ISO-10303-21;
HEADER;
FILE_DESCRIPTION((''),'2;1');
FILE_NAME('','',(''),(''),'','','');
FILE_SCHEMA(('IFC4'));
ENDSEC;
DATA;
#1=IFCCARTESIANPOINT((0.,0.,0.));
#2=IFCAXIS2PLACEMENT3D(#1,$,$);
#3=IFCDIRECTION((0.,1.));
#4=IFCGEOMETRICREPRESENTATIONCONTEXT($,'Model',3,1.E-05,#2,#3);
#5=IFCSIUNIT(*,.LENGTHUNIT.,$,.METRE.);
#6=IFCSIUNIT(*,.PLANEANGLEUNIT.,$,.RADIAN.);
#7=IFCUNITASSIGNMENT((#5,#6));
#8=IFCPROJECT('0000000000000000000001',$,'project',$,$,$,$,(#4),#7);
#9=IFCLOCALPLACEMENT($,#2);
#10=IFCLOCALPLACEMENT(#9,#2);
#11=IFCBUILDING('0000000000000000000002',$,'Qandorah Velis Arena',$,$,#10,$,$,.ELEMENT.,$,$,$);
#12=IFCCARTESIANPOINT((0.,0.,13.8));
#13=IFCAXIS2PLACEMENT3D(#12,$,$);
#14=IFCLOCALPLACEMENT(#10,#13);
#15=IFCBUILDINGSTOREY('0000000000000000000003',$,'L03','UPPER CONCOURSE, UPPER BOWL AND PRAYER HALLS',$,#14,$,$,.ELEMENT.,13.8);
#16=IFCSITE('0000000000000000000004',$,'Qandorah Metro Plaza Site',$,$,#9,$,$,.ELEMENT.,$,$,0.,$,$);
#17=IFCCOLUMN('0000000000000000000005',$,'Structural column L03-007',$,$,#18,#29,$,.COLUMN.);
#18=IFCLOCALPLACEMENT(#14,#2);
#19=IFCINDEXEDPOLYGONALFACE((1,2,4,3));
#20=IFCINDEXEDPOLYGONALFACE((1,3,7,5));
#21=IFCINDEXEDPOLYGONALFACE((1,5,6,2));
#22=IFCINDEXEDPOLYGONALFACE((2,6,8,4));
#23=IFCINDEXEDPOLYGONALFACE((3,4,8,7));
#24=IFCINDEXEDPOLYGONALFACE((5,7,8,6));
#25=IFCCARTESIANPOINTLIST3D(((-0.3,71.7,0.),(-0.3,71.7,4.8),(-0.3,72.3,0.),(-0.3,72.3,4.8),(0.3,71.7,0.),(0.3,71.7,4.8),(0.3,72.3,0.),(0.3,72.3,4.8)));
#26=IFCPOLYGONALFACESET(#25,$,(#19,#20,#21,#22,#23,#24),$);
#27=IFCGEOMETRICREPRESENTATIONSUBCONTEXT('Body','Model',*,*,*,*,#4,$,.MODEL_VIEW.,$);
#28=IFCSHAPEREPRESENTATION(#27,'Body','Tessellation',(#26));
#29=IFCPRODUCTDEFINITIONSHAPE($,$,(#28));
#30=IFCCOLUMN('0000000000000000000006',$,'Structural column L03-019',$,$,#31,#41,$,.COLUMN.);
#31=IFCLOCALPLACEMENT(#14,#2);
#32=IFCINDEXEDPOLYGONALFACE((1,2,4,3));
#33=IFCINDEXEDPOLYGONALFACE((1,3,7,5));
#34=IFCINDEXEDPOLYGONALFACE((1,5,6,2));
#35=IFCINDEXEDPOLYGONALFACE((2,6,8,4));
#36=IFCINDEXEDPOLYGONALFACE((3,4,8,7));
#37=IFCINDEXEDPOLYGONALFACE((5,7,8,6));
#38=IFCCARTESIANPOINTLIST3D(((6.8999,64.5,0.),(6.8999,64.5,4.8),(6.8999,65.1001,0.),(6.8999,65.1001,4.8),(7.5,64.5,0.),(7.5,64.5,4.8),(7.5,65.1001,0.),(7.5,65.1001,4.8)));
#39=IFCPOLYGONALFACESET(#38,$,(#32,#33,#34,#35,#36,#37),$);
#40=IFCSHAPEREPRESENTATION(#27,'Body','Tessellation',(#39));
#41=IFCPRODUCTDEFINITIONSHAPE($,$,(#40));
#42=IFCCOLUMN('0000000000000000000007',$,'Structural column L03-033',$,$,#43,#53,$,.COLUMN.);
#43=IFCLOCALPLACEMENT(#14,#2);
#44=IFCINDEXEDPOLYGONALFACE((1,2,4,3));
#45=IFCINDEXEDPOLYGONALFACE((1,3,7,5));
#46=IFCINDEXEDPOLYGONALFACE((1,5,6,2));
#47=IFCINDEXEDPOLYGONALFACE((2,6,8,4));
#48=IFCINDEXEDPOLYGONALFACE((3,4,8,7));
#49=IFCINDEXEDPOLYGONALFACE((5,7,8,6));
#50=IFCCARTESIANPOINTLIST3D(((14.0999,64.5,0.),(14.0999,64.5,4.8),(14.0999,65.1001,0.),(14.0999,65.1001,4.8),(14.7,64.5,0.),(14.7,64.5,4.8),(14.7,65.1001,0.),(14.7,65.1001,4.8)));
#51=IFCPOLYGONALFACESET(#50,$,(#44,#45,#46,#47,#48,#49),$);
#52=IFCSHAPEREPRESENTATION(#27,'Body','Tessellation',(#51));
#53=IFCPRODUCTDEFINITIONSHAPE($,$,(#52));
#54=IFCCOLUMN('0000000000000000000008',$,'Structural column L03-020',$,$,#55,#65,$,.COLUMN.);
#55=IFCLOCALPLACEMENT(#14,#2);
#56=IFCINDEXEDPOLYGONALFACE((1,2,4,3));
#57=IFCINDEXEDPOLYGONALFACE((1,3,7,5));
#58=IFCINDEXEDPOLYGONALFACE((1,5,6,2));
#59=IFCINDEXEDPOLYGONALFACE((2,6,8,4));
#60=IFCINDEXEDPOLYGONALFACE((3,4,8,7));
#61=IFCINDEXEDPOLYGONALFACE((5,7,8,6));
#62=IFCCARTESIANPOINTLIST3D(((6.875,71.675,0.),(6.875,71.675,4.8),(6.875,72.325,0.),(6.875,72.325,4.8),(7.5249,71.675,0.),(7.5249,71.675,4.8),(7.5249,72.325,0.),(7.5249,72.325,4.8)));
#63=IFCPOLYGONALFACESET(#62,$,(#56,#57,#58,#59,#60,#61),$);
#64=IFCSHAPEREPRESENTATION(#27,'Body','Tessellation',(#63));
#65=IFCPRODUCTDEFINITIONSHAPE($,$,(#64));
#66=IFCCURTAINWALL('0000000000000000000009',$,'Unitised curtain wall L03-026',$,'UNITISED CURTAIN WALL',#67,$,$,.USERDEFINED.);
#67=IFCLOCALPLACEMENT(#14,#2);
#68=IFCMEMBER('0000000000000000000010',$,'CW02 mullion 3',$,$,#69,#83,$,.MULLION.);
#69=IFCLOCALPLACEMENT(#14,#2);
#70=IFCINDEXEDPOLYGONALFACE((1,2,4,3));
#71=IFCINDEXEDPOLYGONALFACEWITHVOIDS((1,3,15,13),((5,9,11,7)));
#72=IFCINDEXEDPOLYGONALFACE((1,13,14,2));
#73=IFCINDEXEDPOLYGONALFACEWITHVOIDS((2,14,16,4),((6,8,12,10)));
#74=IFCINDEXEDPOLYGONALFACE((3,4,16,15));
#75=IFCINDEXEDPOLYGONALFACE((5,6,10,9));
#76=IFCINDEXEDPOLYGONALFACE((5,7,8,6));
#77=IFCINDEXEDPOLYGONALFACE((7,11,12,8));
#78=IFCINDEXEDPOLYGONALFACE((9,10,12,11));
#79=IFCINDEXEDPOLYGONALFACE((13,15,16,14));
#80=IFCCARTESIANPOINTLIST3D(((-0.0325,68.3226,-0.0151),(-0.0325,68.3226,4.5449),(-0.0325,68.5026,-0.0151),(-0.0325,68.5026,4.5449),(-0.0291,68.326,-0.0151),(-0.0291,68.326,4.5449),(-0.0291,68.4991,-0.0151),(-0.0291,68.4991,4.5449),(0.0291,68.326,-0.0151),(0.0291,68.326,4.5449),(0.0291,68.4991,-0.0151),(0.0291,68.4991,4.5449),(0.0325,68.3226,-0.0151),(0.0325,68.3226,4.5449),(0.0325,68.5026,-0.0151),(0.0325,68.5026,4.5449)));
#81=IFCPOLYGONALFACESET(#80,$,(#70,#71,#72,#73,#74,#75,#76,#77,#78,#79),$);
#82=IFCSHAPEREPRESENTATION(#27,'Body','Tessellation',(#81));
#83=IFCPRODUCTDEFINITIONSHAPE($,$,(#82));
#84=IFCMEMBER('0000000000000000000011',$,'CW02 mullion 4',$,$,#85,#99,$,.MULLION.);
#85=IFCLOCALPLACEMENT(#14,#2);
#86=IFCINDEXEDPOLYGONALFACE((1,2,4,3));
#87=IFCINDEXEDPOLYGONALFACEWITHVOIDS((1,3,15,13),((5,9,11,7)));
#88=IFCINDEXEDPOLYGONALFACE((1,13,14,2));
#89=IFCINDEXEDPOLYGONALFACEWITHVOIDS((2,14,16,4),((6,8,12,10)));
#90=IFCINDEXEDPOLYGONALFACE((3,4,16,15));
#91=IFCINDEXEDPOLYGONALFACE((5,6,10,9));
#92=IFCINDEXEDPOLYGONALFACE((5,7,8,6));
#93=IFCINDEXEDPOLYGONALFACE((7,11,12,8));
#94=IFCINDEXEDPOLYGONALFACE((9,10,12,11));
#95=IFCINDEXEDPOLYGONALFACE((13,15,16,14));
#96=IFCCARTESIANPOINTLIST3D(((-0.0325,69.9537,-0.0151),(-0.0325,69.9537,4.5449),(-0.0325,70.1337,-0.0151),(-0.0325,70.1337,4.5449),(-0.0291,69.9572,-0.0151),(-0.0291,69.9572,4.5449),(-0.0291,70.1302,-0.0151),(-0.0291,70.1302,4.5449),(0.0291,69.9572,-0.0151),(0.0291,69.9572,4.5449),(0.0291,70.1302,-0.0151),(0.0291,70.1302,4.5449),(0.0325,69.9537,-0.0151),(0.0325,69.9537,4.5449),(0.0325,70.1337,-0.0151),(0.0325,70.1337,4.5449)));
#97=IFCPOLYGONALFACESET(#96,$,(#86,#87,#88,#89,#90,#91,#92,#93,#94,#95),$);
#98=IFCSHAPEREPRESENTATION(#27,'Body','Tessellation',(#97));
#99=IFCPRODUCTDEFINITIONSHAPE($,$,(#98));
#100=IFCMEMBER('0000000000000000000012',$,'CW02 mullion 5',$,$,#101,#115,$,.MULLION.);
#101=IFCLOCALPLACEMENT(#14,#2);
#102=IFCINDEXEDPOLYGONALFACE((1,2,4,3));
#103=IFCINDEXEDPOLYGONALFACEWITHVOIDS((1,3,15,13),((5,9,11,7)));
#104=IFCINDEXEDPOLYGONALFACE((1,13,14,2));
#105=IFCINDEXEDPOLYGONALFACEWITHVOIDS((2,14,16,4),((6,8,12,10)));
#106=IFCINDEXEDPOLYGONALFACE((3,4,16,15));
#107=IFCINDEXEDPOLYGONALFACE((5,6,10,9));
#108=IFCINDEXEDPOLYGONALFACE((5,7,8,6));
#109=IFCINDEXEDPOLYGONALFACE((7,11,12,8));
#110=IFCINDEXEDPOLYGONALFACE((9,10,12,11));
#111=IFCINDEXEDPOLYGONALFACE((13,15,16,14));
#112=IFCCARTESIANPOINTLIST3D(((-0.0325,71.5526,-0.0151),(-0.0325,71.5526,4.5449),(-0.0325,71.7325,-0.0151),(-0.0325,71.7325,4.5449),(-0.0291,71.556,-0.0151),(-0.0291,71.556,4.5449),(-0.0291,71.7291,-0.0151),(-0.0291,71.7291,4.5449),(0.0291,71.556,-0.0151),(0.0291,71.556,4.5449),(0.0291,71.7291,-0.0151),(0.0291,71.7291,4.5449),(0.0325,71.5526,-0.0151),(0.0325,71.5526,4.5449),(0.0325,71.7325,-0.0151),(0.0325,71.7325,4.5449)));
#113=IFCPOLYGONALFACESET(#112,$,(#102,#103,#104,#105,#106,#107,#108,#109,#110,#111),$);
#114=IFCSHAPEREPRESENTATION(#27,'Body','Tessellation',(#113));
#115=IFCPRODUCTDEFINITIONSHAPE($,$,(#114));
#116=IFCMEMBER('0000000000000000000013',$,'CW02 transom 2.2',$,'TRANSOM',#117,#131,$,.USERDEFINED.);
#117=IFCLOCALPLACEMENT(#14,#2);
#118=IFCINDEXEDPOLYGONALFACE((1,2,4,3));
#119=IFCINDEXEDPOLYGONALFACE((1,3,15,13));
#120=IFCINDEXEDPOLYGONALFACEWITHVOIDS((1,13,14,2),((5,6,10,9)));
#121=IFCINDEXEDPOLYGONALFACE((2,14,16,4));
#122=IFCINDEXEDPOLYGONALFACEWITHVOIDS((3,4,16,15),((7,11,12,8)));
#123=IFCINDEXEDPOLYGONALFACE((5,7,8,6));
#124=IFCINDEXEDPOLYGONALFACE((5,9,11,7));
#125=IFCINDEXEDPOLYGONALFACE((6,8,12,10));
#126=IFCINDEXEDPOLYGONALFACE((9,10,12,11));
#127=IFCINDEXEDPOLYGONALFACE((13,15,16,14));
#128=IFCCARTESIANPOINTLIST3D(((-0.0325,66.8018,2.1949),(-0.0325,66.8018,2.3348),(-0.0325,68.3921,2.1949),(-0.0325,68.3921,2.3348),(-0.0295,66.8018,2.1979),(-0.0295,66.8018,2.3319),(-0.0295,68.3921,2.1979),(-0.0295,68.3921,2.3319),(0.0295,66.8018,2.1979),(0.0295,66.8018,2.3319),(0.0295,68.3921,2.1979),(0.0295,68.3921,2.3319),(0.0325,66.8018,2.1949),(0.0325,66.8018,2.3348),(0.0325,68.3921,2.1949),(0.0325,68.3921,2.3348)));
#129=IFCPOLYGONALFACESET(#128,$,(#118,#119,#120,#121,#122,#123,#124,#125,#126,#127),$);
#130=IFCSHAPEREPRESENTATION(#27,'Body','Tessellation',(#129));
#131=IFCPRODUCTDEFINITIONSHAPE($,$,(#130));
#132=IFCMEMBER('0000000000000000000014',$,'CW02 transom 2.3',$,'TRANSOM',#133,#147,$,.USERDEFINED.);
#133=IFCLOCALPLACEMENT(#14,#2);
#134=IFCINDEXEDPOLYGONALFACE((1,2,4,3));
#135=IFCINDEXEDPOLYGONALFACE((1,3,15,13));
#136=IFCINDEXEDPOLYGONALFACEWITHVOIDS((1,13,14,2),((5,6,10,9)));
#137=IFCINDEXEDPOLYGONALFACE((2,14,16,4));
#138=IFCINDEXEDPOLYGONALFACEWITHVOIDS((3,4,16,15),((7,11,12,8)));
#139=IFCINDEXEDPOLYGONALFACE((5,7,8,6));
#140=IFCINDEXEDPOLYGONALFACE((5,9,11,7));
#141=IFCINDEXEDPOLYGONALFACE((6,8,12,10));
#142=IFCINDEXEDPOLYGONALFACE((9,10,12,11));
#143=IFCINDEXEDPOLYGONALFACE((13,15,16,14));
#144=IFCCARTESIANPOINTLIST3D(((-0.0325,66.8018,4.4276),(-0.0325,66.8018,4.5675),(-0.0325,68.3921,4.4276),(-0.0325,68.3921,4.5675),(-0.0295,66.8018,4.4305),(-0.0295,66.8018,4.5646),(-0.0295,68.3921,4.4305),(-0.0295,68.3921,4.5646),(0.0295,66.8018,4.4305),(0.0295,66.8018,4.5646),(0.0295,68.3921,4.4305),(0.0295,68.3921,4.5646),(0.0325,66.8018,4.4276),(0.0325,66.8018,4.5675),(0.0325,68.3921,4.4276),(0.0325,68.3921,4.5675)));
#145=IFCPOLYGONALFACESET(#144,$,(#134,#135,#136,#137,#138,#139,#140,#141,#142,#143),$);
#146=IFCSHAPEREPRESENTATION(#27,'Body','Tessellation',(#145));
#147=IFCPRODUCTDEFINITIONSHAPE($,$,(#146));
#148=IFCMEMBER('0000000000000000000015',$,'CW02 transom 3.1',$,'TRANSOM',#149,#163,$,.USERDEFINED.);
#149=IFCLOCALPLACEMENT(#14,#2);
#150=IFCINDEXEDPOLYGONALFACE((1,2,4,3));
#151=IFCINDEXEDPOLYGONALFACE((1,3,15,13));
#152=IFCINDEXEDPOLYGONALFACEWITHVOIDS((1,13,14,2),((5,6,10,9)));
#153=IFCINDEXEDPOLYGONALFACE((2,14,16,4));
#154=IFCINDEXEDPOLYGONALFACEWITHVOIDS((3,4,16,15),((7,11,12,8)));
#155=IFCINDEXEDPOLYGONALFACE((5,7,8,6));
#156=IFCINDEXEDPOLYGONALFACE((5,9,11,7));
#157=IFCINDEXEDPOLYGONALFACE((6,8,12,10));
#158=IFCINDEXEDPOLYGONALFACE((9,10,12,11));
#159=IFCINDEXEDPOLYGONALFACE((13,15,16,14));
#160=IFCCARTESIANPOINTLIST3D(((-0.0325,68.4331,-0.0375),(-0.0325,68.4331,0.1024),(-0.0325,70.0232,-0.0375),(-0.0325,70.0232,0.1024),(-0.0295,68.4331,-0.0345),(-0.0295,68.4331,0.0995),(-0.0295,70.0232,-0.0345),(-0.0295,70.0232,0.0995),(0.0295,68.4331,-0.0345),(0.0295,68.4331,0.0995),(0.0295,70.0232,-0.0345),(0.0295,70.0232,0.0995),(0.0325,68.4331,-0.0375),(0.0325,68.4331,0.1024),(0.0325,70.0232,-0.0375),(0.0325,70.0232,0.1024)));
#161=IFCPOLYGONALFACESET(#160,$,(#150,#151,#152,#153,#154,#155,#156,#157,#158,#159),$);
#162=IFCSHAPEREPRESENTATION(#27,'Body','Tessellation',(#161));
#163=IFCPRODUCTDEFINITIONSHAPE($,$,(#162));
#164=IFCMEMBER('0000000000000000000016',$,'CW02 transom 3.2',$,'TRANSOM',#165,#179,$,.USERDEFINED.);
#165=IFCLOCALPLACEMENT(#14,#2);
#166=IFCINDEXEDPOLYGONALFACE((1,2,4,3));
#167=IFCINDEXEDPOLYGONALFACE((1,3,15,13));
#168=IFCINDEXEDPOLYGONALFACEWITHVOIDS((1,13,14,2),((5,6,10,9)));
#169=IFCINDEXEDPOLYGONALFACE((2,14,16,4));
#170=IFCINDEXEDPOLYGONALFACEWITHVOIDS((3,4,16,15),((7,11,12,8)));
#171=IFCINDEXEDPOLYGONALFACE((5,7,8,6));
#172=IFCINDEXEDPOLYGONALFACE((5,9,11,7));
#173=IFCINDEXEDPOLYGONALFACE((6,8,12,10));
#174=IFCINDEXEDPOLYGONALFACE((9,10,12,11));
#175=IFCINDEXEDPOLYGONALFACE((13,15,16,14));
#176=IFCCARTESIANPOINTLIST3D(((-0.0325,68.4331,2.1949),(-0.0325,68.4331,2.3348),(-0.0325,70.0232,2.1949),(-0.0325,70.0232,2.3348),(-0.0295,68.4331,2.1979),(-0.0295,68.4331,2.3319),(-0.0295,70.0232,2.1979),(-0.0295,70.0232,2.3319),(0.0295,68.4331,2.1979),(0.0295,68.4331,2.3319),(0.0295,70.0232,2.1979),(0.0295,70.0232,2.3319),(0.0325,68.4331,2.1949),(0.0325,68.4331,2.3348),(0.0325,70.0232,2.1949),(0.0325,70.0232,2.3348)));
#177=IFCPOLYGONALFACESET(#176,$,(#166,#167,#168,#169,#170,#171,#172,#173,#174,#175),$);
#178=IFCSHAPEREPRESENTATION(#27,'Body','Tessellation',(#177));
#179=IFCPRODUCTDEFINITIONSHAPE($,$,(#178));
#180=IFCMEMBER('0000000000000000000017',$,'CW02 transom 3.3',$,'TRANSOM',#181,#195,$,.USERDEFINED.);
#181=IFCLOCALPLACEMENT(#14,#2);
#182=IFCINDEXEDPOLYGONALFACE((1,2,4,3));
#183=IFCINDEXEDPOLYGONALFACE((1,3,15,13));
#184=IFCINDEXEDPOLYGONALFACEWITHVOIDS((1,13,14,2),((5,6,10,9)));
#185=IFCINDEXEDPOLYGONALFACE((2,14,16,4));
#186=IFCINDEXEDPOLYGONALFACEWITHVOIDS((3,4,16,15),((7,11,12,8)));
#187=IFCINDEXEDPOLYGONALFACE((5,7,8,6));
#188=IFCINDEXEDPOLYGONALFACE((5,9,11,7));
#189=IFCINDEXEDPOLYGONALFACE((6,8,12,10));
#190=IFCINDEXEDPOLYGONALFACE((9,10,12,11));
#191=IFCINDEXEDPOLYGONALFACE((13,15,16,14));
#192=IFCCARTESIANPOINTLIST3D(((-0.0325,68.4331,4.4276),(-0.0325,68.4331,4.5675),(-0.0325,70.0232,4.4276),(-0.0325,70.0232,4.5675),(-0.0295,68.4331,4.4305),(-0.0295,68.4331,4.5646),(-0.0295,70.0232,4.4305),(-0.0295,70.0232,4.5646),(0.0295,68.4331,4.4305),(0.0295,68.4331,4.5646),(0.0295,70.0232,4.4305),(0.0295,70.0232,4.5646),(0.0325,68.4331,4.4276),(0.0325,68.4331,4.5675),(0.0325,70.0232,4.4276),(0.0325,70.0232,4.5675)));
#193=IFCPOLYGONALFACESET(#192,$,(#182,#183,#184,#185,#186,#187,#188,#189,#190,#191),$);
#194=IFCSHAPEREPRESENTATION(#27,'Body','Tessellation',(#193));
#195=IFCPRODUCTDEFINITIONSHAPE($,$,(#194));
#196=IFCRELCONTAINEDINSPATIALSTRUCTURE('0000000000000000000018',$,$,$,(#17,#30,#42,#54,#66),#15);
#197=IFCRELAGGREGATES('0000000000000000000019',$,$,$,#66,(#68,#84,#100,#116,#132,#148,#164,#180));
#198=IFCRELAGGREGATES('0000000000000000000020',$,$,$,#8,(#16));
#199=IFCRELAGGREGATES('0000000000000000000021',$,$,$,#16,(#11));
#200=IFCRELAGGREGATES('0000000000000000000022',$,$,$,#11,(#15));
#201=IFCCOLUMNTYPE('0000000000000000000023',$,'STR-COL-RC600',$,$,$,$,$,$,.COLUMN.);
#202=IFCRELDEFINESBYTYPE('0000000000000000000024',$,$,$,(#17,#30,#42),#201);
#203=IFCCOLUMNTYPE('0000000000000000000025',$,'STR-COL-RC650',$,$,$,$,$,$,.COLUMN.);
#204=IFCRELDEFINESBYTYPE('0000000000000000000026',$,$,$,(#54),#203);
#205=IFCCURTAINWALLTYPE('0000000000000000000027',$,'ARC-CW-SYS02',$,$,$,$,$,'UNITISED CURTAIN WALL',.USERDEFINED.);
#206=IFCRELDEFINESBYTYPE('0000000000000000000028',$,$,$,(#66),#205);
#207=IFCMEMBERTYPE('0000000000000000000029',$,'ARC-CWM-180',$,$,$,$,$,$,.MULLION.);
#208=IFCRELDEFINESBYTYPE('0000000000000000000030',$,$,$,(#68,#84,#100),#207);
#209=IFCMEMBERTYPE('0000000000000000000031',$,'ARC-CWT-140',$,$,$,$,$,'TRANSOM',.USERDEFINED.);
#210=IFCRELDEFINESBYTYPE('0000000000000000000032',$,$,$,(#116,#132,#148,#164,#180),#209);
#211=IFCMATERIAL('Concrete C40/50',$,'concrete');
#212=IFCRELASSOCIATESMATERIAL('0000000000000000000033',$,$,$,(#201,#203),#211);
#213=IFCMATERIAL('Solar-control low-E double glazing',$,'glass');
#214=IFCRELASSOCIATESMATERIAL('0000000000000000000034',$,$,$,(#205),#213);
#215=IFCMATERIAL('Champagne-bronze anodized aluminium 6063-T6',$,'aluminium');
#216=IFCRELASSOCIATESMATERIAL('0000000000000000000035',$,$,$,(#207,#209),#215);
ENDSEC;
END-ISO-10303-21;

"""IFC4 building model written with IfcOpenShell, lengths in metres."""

from ifc_helpers import new_model, si_unit, direction, frame, origin, origin_2d, place, context, subcontext, project, spatial, rectangle, hollow_rectangle, extrude, material, material_profile, profile_set, type_object, element, aggregate, save


model = new_model("IFC4")

# Units and contexts
model_context = context("Model", 3, precision=1e-05, world=origin(), true_north=direction((0.0, 1.0)))
body_context = subcontext(model_context, "Body", "Model", "MODEL_VIEW")
ifc_project = project(units=[si_unit("LENGTHUNIT", "METRE"), si_unit("PLANEANGLEUNIT", "RADIAN")], contexts=[model_context])

# Site, building, storey
site_placement = place(None, origin())
site = spatial("IfcSite", under=ifc_project, at=site_placement, Name="Qandorah Metro Plaza Site", CompositionType="ELEMENT", RefElevation=0.0)
building_placement = place(site_placement, origin())
building = spatial("IfcBuilding", under=site, at=building_placement, Name="Qandorah Velis Arena", CompositionType="ELEMENT")
storey_placement = place(building_placement, frame((0.0, 0.0, 13.8)))
storey = spatial("IfcBuildingStorey", under=building, at=storey_placement, Name="L03", Description="UPPER CONCOURSE, UPPER BOWL AND PRAYER HALLS", CompositionType="ELEMENT", Elevation=13.8)

# Columns
ifc_material_1 = material(Name="Concrete C40/50", Category="concrete")
ifc_material_profile_1 = material_profile(ifc_material_1, rectangle(XDim=0.6001, YDim=0.6001, at=origin_2d()), Name="RC COL 600x600")
ifc_profile_set_1 = profile_set([ifc_material_profile_1], Name="Concrete C40/50")
column_type_1 = type_object("IfcColumnType", Name="STR-COL-RC600", PredefinedType="COLUMN", material=ifc_profile_set_1)
for number, where, z_axis, x_axis, name in (
    (1, (0.0, 72.0, 0.0), (0.0, 0.0, 1.0), (1.0, 0.0, 0.0), "Structural column L03-007"),
    (2, (7.2, 64.8, 0.0), (0.0, 0.0, 1.0), (1.0, 0.0, 0.0), "Structural column L03-019"),
    (3, (14.3999, 64.8, 0.0), (0.0, 0.0, 1.0), (1.0, 0.0, 0.0), "Structural column L03-033"),
):
    element("IfcColumn", number, at=place(storey_placement, frame(where, z_axis=z_axis, x_axis=x_axis)), inside=storey, type_object=column_type_1, Name=name, PredefinedType="COLUMN", context=body_context, shape_type="SweptSolid", body=[
        extrude(rectangle(XDim=0.6001, YDim=0.6001, at=origin_2d()), origin(), (0.0, 0.0, 1.0), 4.8),
    ])
ifc_material_profile_2 = material_profile(ifc_material_1, rectangle(XDim=0.6499, YDim=0.6499, at=origin_2d()), Name="RC COL 650x650")
ifc_profile_set_2 = profile_set([ifc_material_profile_2], Name="Concrete C40/50")
column_type_2 = type_object("IfcColumnType", Name="STR-COL-RC650", PredefinedType="COLUMN", material=ifc_profile_set_2)
column_placement = place(storey_placement, frame((7.2, 72.0, 0.0), z_axis=(0.0, 0.0, 1.0), x_axis=(1.0, 0.0, 0.0)))
element("IfcColumn", 4, at=column_placement, inside=storey, type_object=column_type_2, Name="Structural column L03-020", PredefinedType="COLUMN", context=body_context, shape_type="SweptSolid", body=[
    extrude(rectangle(XDim=0.6499, YDim=0.6499, at=origin_2d()), origin(), (0.0, 0.0, 1.0), 4.8),
])

# Curtain wall, members
ifc_material_2 = material(Name="Solar-control low-E double glazing", Category="glass")
curtain_wall_type = type_object("IfcCurtainWallType", Name="ARC-CW-SYS02", ElementType="UNITISED CURTAIN WALL", PredefinedType="USERDEFINED", material=ifc_material_2)
curtain_wall_placement = place(storey_placement, origin())
curtain_wall = element("IfcCurtainWall", 5, at=curtain_wall_placement, inside=storey, type_object=curtain_wall_type, Name="Unitised curtain wall L03-026", ObjectType="UNITISED CURTAIN WALL", PredefinedType="USERDEFINED")
ifc_material_3 = material(Name="Champagne-bronze anodized aluminium 6063-T6", Category="aluminium")
ifc_material_profile_3 = material_profile(ifc_material_3, hollow_rectangle(XDim=0.0649, YDim=0.1799, WallThickness=0.0034, at=origin_2d()), Name="ALU MULLION 65x180")
ifc_profile_set_3 = profile_set([ifc_material_profile_3], Name="Champagne-bronze anodized aluminium 6063-T6")
member_type_1 = type_object("IfcMemberType", Name="ARC-CWM-180", PredefinedType="MULLION", material=ifc_profile_set_3)
member_1_placement = place(storey_placement, frame((0.0, 68.4126, -0.0151), z_axis=(0.0, 0.0, 1.0), x_axis=(-1.0, 0.0, 0.0)))
member_1 = element("IfcMember", 6, at=member_1_placement, type_object=member_type_1, Name="CW02 mullion 3", PredefinedType="MULLION", context=body_context, shape_type="SweptSolid", body=[
    extrude(hollow_rectangle(XDim=0.0649, YDim=0.1799, WallThickness=0.0034, at=origin_2d()), origin(), (0.0, 0.0, 1.0), 4.5601),
])
member_2_placement = place(storey_placement, frame((0.0, 70.0437, -0.0151), z_axis=(0.0, 0.0, 1.0), x_axis=(-1.0, 0.0, 0.0)))
member_2 = element("IfcMember", 7, at=member_2_placement, type_object=member_type_1, Name="CW02 mullion 4", PredefinedType="MULLION", context=body_context, shape_type="SweptSolid", body=[
    extrude(hollow_rectangle(XDim=0.0649, YDim=0.1799, WallThickness=0.0034, at=origin_2d()), origin(), (0.0, 0.0, 1.0), 4.5601),
])
member_3_placement = place(storey_placement, frame((0.0, 71.6426, -0.0151), z_axis=(0.0, 0.0, 1.0), x_axis=(-1.0, 0.0, 0.0)))
member_3 = element("IfcMember", 8, at=member_3_placement, type_object=member_type_1, Name="CW02 mullion 5", PredefinedType="MULLION", context=body_context, shape_type="SweptSolid", body=[
    extrude(hollow_rectangle(XDim=0.0649, YDim=0.1799, WallThickness=0.0034, at=origin_2d()), origin(), (0.0, 0.0, 1.0), 4.5601),
])
ifc_material_profile_4 = material_profile(ifc_material_3, hollow_rectangle(XDim=0.0649, YDim=0.1399, WallThickness=0.0029, at=origin_2d()), Name="ALU TRANSOM 65x140")
ifc_profile_set_4 = profile_set([ifc_material_profile_4], Name="Champagne-bronze anodized aluminium 6063-T6")
member_type_2 = type_object("IfcMemberType", Name="ARC-CWT-140", ElementType="TRANSOM", PredefinedType="USERDEFINED", material=ifc_profile_set_4)
member_4_placement = place(storey_placement, frame((0.0, 66.8018, 2.2649), z_axis=(0.0, 1.0, 0.0), x_axis=(-1.0, 0.0, 0.0)))
member_4 = element("IfcMember", 9, at=member_4_placement, type_object=member_type_2, Name="CW02 transom 2.2", ObjectType="TRANSOM", PredefinedType="USERDEFINED", context=body_context, shape_type="SweptSolid", body=[
    extrude(hollow_rectangle(XDim=0.0649, YDim=0.1399, WallThickness=0.0029, at=origin_2d()), origin(), (0.0, 0.0, 1.0), 1.5903),
])
member_5_placement = place(storey_placement, frame((0.0, 66.8018, 4.4976), z_axis=(0.0, 1.0, 0.0), x_axis=(-1.0, 0.0, 0.0)))
member_5 = element("IfcMember", 10, at=member_5_placement, type_object=member_type_2, Name="CW02 transom 2.3", ObjectType="TRANSOM", PredefinedType="USERDEFINED", context=body_context, shape_type="SweptSolid", body=[
    extrude(hollow_rectangle(XDim=0.0649, YDim=0.1399, WallThickness=0.0029, at=origin_2d()), origin(), (0.0, 0.0, 1.0), 1.5903),
])
member_6_placement = place(storey_placement, frame((0.0, 68.4331, 0.0325), z_axis=(0.0, 1.0, 0.0), x_axis=(-1.0, 0.0, 0.0)))
member_6 = element("IfcMember", 11, at=member_6_placement, type_object=member_type_2, Name="CW02 transom 3.1", ObjectType="TRANSOM", PredefinedType="USERDEFINED", context=body_context, shape_type="SweptSolid", body=[
    extrude(hollow_rectangle(XDim=0.0649, YDim=0.1399, WallThickness=0.0029, at=origin_2d()), origin(), (0.0, 0.0, 1.0), 1.5901),
])
member_7_placement = place(storey_placement, frame((0.0, 68.4331, 2.2649), z_axis=(0.0, 1.0, 0.0), x_axis=(-1.0, 0.0, 0.0)))
member_7 = element("IfcMember", 12, at=member_7_placement, type_object=member_type_2, Name="CW02 transom 3.2", ObjectType="TRANSOM", PredefinedType="USERDEFINED", context=body_context, shape_type="SweptSolid", body=[
    extrude(hollow_rectangle(XDim=0.0649, YDim=0.1399, WallThickness=0.0029, at=origin_2d()), origin(), (0.0, 0.0, 1.0), 1.5901),
])
member_8_placement = place(storey_placement, frame((0.0, 68.4331, 4.4976), z_axis=(0.0, 1.0, 0.0), x_axis=(-1.0, 0.0, 0.0)))
member_8 = element("IfcMember", 13, at=member_8_placement, type_object=member_type_2, Name="CW02 transom 3.3", ObjectType="TRANSOM", PredefinedType="USERDEFINED", context=body_context, shape_type="SweptSolid", body=[
    extrude(hollow_rectangle(XDim=0.0649, YDim=0.1399, WallThickness=0.0029, at=origin_2d()), origin(), (0.0, 0.0, 1.0), 1.5901),
])

aggregate(curtain_wall, [member_1, member_2, member_3, member_4, member_5, member_6, member_7, member_8])

save(model, "model.ifc")
